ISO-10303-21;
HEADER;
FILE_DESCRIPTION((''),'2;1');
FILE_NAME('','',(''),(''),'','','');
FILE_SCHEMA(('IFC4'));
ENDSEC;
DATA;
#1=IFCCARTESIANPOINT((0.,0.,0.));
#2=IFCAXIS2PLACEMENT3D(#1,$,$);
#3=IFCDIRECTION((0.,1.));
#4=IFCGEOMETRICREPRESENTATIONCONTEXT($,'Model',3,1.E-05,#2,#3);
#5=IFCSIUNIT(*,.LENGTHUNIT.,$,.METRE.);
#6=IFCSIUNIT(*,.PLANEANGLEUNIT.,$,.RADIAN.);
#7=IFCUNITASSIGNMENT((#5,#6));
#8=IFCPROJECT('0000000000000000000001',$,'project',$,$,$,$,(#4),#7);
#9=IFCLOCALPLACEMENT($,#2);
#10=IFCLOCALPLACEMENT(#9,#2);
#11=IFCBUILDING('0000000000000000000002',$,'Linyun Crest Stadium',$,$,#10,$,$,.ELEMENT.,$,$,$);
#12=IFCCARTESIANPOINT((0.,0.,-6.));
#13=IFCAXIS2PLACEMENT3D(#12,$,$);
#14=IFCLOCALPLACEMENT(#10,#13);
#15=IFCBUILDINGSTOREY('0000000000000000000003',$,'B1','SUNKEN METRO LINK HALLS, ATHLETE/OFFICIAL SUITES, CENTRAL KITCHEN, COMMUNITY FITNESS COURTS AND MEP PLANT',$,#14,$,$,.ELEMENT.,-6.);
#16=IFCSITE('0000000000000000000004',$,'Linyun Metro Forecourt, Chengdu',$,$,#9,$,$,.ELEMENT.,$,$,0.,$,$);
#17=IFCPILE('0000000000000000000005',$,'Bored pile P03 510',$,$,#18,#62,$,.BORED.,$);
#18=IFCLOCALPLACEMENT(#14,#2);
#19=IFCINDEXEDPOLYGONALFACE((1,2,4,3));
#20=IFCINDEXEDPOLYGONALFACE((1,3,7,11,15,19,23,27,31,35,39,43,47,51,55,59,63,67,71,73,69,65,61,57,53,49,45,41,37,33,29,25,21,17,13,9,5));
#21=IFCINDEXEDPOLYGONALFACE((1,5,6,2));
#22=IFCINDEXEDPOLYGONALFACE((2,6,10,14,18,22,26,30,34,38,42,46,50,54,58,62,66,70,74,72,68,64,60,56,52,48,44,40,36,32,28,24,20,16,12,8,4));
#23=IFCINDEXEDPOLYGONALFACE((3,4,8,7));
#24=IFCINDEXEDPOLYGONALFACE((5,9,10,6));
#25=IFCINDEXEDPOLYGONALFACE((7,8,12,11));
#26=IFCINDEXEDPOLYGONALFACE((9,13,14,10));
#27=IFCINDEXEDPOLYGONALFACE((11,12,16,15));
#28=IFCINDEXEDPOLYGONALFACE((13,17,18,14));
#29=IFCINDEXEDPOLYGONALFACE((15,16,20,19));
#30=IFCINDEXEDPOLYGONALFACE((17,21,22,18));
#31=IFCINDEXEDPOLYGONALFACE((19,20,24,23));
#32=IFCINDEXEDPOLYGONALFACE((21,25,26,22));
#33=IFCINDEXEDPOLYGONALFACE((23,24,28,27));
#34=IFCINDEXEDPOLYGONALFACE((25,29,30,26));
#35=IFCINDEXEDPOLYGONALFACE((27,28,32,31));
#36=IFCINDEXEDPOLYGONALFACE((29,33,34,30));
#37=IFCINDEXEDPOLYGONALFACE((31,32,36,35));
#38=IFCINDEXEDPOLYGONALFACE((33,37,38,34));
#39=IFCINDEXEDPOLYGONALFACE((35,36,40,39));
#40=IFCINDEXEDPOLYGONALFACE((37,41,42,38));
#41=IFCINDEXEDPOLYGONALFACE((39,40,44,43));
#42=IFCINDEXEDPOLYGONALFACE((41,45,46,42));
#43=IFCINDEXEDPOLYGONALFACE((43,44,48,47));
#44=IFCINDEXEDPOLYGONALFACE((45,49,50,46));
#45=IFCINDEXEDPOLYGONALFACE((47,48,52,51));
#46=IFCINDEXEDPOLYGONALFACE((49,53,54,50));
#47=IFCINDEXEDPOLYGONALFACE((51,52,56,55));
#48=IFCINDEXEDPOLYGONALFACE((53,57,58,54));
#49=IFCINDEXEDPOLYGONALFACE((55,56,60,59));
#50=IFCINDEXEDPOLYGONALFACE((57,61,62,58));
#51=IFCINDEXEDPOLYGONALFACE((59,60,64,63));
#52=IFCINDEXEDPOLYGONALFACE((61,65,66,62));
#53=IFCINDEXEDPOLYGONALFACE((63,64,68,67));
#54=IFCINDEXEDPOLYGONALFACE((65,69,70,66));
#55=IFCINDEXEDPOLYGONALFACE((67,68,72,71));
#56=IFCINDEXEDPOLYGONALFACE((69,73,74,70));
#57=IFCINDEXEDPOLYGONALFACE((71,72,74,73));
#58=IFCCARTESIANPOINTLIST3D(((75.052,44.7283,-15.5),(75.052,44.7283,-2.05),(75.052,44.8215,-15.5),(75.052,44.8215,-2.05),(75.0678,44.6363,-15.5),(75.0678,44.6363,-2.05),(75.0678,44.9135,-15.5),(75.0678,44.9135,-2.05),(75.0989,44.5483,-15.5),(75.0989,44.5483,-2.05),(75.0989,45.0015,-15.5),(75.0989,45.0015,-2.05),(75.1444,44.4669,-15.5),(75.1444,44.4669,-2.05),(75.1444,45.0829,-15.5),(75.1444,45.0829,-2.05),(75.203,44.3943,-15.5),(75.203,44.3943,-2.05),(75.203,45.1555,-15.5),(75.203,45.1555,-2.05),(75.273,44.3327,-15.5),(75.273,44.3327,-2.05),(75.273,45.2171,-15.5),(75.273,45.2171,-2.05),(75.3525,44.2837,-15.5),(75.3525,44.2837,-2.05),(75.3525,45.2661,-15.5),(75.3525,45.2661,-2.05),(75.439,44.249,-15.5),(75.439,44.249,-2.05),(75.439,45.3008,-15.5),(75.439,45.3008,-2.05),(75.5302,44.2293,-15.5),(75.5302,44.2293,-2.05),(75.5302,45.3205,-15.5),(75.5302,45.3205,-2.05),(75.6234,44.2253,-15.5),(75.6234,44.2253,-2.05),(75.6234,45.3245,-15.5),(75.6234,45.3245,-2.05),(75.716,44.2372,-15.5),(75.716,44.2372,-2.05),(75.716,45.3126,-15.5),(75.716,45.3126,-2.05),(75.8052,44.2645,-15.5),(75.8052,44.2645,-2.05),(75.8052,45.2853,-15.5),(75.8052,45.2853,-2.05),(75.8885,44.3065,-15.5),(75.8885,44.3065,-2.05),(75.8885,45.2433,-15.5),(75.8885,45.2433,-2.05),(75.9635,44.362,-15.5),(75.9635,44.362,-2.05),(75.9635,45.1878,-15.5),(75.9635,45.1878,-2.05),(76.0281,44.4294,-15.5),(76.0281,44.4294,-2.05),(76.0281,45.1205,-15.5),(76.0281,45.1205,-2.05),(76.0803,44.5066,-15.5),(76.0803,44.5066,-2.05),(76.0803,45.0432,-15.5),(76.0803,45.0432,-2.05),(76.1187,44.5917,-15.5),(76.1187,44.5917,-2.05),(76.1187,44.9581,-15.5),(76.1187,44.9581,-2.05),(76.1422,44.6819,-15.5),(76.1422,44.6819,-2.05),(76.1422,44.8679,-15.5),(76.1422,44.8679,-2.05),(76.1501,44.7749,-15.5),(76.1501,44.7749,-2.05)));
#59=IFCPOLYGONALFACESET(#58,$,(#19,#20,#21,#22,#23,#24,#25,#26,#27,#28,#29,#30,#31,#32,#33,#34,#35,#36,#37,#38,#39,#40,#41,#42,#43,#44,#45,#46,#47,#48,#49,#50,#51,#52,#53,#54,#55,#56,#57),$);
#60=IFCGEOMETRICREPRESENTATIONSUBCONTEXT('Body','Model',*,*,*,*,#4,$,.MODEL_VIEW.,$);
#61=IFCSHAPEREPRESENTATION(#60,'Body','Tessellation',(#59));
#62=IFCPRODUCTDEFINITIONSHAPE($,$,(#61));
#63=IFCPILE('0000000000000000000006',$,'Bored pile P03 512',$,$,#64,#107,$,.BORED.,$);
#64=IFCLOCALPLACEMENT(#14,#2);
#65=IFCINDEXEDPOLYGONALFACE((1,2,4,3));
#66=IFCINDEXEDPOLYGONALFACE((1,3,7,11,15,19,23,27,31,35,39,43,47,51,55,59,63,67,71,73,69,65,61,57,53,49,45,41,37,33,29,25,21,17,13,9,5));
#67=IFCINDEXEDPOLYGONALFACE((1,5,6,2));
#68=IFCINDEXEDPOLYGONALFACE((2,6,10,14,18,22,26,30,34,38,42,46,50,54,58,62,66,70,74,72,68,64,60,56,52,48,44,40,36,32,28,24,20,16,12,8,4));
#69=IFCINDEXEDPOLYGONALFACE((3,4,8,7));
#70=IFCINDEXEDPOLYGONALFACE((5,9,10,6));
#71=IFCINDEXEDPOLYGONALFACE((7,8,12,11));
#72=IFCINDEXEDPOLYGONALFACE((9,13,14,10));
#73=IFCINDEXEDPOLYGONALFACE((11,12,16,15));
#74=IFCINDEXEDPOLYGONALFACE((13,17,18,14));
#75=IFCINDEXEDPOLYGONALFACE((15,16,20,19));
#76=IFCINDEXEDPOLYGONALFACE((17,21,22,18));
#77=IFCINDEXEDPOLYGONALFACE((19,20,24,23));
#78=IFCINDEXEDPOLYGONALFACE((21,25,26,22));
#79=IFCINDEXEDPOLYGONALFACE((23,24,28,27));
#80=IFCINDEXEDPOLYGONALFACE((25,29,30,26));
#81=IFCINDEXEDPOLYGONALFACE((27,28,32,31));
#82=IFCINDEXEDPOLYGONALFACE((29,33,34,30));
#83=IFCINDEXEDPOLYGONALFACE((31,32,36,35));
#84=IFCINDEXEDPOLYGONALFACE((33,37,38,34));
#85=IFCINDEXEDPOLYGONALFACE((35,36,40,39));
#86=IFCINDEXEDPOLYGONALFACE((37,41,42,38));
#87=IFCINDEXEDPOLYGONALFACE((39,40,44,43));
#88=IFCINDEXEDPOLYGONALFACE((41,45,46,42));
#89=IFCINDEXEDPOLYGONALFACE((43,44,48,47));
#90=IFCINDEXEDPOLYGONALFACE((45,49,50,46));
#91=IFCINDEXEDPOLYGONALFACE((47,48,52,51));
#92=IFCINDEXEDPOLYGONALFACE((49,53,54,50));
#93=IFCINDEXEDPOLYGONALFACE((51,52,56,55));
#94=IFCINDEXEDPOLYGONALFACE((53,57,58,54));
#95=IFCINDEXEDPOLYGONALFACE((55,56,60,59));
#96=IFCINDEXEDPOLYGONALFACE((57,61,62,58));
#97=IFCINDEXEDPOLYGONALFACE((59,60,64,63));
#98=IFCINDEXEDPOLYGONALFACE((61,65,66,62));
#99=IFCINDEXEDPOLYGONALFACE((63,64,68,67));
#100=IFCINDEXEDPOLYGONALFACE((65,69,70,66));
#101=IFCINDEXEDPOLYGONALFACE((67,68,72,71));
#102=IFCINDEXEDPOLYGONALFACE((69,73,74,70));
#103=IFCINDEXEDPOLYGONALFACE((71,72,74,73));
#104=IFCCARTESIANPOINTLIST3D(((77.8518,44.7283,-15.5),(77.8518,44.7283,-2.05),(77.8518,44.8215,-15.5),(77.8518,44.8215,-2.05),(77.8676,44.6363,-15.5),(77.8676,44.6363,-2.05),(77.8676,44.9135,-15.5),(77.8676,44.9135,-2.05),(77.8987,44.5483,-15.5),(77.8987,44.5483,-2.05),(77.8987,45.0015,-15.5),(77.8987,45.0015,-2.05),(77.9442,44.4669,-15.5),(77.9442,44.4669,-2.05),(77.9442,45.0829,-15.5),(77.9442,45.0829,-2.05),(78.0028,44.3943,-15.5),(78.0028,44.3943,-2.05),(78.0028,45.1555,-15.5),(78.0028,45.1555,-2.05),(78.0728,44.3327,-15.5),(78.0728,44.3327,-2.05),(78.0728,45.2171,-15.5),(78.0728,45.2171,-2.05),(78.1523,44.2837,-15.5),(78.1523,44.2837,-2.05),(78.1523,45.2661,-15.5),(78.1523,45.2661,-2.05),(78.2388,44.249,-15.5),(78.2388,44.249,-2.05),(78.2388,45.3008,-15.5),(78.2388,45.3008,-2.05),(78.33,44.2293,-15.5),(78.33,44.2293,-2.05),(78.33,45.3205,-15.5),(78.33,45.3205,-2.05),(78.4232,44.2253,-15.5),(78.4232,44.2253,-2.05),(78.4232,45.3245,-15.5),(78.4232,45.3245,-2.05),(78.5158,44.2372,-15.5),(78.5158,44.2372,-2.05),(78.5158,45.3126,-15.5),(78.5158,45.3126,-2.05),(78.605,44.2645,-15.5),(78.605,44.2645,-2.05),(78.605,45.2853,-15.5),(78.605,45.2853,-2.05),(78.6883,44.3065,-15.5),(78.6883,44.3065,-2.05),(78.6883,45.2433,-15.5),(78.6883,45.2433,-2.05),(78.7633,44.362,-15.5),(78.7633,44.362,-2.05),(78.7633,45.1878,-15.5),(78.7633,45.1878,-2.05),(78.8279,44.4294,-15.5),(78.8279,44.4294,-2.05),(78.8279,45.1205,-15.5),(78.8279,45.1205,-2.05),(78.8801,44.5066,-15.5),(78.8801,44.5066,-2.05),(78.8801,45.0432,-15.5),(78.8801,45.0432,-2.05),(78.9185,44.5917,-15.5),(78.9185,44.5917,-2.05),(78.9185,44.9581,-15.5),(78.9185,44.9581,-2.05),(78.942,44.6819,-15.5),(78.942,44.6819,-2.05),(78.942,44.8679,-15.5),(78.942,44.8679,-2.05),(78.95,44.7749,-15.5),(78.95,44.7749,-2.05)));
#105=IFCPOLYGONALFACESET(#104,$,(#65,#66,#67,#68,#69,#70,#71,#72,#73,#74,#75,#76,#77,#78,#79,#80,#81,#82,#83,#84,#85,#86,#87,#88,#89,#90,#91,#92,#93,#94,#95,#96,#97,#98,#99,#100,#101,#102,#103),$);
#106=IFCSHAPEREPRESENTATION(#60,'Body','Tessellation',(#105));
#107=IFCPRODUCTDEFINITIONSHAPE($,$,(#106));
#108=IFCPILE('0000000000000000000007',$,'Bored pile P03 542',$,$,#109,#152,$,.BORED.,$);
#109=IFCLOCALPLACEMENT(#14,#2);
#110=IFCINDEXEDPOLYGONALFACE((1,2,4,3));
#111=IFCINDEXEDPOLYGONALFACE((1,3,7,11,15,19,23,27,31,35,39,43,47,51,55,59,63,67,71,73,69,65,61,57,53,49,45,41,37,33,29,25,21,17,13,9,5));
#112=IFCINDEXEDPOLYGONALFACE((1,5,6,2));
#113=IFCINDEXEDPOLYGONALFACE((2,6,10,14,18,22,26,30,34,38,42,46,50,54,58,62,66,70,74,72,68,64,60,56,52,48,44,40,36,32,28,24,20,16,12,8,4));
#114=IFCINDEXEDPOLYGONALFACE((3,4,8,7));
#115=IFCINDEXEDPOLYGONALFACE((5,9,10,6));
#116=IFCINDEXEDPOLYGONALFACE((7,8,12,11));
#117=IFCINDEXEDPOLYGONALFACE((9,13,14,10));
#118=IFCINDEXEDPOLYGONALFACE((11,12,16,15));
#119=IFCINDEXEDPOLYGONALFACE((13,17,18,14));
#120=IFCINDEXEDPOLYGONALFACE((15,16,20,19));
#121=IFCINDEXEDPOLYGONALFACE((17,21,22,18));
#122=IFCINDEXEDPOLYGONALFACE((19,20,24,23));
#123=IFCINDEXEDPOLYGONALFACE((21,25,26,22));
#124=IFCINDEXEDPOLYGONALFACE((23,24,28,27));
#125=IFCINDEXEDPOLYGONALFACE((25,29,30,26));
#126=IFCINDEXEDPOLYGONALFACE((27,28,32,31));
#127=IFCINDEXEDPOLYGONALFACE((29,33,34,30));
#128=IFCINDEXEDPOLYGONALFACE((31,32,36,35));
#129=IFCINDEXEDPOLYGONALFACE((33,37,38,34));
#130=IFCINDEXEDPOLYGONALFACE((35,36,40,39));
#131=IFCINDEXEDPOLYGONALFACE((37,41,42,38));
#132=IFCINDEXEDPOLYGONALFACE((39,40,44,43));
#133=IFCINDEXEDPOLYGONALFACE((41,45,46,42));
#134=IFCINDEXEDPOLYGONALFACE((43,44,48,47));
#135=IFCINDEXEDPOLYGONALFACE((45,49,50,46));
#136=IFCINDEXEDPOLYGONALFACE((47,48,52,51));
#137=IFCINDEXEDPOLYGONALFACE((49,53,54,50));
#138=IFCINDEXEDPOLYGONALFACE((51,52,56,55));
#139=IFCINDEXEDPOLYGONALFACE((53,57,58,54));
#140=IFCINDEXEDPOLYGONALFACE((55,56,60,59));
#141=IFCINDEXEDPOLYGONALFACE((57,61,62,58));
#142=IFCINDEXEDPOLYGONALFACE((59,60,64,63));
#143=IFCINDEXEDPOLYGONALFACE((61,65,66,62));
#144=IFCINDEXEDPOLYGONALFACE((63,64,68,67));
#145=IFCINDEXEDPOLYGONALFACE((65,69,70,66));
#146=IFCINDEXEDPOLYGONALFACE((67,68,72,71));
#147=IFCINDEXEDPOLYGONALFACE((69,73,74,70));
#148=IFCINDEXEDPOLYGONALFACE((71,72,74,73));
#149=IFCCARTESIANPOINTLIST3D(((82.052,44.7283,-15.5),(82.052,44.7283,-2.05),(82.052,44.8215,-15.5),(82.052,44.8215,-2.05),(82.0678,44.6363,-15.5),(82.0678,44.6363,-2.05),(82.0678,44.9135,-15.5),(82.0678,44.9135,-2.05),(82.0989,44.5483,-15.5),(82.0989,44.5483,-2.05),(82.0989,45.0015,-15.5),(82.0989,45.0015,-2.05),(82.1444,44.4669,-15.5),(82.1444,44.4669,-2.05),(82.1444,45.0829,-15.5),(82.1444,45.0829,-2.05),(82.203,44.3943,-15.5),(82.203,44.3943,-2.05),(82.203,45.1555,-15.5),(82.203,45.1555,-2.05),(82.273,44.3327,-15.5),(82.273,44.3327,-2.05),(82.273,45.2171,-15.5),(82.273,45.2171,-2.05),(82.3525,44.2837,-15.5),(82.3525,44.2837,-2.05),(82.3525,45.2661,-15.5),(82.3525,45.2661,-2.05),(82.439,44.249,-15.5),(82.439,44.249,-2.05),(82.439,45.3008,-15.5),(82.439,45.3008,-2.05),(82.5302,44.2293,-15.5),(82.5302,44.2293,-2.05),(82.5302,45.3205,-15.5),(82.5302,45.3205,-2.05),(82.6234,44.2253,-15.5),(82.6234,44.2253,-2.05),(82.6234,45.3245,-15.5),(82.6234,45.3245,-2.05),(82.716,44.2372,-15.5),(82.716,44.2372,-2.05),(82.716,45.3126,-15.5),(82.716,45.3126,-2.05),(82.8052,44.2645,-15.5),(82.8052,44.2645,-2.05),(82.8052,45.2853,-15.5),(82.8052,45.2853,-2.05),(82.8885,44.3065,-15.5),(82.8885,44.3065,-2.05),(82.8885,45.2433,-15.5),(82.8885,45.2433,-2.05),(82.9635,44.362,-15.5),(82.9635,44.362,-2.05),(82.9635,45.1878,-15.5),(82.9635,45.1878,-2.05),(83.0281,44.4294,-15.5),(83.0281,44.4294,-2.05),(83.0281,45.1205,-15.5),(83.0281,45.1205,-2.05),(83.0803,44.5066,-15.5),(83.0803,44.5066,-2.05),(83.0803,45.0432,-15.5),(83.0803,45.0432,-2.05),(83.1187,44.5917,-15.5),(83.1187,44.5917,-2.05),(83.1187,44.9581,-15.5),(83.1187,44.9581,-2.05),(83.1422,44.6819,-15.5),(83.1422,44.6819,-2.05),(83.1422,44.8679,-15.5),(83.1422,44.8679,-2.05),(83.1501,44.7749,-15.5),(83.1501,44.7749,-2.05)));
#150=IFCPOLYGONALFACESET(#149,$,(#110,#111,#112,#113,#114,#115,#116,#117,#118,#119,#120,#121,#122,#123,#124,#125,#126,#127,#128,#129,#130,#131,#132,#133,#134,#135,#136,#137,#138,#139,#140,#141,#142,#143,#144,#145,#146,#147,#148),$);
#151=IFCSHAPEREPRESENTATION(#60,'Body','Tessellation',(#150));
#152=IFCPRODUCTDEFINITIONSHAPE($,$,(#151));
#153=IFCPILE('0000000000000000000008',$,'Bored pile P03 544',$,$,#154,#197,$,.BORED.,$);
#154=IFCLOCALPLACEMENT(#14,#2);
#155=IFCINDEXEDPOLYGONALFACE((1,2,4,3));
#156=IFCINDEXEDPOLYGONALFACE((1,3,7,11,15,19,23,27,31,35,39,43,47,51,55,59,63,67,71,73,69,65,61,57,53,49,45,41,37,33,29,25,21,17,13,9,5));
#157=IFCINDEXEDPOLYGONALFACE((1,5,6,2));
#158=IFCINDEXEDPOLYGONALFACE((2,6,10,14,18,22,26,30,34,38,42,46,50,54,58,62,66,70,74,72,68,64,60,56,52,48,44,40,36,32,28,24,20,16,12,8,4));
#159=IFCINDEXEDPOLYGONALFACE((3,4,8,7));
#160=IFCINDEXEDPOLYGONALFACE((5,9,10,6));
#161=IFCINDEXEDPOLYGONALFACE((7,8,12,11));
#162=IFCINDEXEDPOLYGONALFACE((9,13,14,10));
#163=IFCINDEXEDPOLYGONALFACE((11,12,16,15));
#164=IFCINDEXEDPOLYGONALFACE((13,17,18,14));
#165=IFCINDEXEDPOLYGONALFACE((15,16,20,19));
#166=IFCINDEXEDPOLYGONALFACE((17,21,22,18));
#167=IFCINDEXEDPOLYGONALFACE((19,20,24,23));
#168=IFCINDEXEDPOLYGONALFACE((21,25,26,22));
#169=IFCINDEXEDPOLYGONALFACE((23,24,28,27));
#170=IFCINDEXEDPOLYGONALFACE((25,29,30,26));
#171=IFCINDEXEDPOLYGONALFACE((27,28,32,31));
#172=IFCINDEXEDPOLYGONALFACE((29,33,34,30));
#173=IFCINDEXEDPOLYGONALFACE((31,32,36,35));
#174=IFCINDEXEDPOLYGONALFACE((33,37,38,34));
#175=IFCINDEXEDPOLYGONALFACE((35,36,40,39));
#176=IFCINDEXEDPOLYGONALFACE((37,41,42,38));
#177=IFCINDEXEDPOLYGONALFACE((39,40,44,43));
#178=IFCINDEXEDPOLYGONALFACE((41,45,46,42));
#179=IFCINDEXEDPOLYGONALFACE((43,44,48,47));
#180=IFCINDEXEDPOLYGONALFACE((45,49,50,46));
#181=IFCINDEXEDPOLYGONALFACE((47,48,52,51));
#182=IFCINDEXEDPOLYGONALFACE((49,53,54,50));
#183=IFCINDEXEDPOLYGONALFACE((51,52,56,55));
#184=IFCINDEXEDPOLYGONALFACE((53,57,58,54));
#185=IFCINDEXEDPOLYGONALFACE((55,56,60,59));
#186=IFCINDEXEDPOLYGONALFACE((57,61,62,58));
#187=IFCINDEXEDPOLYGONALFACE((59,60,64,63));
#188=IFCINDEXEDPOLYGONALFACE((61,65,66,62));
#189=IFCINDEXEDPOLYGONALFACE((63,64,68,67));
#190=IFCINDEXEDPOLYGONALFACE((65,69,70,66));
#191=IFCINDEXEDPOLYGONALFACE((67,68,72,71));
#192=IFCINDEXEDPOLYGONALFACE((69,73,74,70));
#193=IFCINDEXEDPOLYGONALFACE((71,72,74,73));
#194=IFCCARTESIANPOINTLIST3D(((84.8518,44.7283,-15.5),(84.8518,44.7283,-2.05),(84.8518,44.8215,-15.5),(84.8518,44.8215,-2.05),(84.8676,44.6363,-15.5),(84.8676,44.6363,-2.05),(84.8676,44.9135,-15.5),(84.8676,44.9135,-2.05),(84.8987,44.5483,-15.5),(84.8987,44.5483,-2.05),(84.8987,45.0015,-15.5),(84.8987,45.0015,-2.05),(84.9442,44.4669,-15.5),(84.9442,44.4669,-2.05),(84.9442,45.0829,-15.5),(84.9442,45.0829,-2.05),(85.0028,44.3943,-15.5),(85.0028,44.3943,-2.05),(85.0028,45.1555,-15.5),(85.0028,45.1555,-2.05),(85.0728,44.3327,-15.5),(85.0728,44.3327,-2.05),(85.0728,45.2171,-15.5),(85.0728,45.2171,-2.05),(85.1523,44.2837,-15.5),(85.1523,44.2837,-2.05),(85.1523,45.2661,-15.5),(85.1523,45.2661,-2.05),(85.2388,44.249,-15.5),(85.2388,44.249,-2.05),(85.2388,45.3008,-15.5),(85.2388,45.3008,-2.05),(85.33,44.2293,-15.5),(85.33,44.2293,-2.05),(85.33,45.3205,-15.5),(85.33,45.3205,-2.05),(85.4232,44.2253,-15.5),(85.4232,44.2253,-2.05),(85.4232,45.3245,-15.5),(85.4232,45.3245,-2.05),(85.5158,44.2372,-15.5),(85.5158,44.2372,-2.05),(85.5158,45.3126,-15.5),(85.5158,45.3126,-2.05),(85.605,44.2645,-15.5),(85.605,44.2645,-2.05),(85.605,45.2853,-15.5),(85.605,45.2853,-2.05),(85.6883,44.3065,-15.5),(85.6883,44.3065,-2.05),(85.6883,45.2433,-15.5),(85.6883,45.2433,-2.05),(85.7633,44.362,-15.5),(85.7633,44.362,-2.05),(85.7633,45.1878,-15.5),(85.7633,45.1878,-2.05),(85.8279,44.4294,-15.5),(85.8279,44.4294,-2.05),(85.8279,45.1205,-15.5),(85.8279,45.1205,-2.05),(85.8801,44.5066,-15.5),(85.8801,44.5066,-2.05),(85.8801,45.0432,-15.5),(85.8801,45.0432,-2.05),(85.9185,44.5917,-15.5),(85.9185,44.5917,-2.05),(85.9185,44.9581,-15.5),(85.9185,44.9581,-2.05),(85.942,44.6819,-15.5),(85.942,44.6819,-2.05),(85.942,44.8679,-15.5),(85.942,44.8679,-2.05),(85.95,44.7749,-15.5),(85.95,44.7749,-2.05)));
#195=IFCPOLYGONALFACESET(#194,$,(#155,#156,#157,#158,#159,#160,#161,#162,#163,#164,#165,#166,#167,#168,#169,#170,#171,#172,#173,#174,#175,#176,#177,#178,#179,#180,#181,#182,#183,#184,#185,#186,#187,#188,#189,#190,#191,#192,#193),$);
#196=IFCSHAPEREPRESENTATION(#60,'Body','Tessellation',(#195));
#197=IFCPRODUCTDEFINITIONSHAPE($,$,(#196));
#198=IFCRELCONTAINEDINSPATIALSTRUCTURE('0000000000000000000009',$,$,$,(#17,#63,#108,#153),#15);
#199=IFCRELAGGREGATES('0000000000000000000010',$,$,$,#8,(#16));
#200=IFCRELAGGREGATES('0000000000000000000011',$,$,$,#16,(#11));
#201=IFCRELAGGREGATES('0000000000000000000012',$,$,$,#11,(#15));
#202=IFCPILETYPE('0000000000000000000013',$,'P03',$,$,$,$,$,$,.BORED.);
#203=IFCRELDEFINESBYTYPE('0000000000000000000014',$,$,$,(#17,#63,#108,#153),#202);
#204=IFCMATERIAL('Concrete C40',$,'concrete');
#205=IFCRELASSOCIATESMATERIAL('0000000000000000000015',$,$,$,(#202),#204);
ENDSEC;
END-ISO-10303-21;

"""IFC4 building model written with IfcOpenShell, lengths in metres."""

from ifc_helpers import new_model, si_unit, direction, frame, origin, origin_2d, place, context, subcontext, project, spatial, circle, extrude, material, material_profile, profile_set, type_object, element, save


model = new_model("IFC4")

# Units and contexts
model_context = context("Model", 3, precision=1e-05, world=origin(), true_north=direction((0.0, 1.0)))
body_context = subcontext(model_context, "Body", "Model", "MODEL_VIEW")
ifc_project = project(units=[si_unit("LENGTHUNIT", "METRE"), si_unit("PLANEANGLEUNIT", "RADIAN")], contexts=[model_context])

# Site, building, storey
site_placement = place(None, origin())
site = spatial("IfcSite", under=ifc_project, at=site_placement, Name="Linyun Metro Forecourt, Chengdu", CompositionType="ELEMENT", RefElevation=0.0)
building_placement = place(site_placement, origin())
building = spatial("IfcBuilding", under=site, at=building_placement, Name="Linyun Crest Stadium", CompositionType="ELEMENT")
storey_placement = place(building_placement, frame((0.0, 0.0, -6.0)))
storey = spatial("IfcBuildingStorey", under=building, at=storey_placement, Name="B1", Description="SUNKEN METRO LINK HALLS, ATHLETE/OFFICIAL SUITES, CENTRAL KITCHEN, COMMUNITY FITNESS COURTS AND MEP PLANT", CompositionType="ELEMENT", Elevation=-6.0)

# Piles
ifc_material_1 = material(Name="Concrete C40", Category="concrete")
ifc_material_profile_1 = material_profile(ifc_material_1, circle(Radius=0.55, at=origin_2d()), Name="BORED PILE 1100")
ifc_profile_set_1 = profile_set([ifc_material_profile_1], Name="Concrete C40")
pile_type_1 = type_object("IfcPileType", Name="P03", PredefinedType="BORED", material=ifc_profile_set_1)
for number, where, z_axis, x_axis, name in (
    (1, (75.6001, 44.7749, -2.05), (0.0, 0.0, -1.0), (1.0, 0.0, 0.0), "Bored pile P03 510"),
    (2, (78.3999, 44.7749, -2.05), (0.0, 0.0, -1.0), (1.0, 0.0, 0.0), "Bored pile P03 512"),
    (3, (82.6001, 44.7749, -2.05), (0.0, 0.0, -1.0), (1.0, 0.0, 0.0), "Bored pile P03 542"),
    (4, (85.3999, 44.7749, -2.05), (0.0, 0.0, -1.0), (1.0, 0.0, 0.0), "Bored pile P03 544"),
):
    element("IfcPile", number, at=place(storey_placement, frame(where, z_axis=z_axis, x_axis=x_axis)), inside=storey, type_object=pile_type_1, Name=name, PredefinedType="BORED", context=body_context, shape_type="SweptSolid", body=[
        extrude(circle(Radius=0.55, at=origin_2d()), origin(), (0.0, 0.0, 1.0), 13.45),
    ])

save(model, "model.ifc")
